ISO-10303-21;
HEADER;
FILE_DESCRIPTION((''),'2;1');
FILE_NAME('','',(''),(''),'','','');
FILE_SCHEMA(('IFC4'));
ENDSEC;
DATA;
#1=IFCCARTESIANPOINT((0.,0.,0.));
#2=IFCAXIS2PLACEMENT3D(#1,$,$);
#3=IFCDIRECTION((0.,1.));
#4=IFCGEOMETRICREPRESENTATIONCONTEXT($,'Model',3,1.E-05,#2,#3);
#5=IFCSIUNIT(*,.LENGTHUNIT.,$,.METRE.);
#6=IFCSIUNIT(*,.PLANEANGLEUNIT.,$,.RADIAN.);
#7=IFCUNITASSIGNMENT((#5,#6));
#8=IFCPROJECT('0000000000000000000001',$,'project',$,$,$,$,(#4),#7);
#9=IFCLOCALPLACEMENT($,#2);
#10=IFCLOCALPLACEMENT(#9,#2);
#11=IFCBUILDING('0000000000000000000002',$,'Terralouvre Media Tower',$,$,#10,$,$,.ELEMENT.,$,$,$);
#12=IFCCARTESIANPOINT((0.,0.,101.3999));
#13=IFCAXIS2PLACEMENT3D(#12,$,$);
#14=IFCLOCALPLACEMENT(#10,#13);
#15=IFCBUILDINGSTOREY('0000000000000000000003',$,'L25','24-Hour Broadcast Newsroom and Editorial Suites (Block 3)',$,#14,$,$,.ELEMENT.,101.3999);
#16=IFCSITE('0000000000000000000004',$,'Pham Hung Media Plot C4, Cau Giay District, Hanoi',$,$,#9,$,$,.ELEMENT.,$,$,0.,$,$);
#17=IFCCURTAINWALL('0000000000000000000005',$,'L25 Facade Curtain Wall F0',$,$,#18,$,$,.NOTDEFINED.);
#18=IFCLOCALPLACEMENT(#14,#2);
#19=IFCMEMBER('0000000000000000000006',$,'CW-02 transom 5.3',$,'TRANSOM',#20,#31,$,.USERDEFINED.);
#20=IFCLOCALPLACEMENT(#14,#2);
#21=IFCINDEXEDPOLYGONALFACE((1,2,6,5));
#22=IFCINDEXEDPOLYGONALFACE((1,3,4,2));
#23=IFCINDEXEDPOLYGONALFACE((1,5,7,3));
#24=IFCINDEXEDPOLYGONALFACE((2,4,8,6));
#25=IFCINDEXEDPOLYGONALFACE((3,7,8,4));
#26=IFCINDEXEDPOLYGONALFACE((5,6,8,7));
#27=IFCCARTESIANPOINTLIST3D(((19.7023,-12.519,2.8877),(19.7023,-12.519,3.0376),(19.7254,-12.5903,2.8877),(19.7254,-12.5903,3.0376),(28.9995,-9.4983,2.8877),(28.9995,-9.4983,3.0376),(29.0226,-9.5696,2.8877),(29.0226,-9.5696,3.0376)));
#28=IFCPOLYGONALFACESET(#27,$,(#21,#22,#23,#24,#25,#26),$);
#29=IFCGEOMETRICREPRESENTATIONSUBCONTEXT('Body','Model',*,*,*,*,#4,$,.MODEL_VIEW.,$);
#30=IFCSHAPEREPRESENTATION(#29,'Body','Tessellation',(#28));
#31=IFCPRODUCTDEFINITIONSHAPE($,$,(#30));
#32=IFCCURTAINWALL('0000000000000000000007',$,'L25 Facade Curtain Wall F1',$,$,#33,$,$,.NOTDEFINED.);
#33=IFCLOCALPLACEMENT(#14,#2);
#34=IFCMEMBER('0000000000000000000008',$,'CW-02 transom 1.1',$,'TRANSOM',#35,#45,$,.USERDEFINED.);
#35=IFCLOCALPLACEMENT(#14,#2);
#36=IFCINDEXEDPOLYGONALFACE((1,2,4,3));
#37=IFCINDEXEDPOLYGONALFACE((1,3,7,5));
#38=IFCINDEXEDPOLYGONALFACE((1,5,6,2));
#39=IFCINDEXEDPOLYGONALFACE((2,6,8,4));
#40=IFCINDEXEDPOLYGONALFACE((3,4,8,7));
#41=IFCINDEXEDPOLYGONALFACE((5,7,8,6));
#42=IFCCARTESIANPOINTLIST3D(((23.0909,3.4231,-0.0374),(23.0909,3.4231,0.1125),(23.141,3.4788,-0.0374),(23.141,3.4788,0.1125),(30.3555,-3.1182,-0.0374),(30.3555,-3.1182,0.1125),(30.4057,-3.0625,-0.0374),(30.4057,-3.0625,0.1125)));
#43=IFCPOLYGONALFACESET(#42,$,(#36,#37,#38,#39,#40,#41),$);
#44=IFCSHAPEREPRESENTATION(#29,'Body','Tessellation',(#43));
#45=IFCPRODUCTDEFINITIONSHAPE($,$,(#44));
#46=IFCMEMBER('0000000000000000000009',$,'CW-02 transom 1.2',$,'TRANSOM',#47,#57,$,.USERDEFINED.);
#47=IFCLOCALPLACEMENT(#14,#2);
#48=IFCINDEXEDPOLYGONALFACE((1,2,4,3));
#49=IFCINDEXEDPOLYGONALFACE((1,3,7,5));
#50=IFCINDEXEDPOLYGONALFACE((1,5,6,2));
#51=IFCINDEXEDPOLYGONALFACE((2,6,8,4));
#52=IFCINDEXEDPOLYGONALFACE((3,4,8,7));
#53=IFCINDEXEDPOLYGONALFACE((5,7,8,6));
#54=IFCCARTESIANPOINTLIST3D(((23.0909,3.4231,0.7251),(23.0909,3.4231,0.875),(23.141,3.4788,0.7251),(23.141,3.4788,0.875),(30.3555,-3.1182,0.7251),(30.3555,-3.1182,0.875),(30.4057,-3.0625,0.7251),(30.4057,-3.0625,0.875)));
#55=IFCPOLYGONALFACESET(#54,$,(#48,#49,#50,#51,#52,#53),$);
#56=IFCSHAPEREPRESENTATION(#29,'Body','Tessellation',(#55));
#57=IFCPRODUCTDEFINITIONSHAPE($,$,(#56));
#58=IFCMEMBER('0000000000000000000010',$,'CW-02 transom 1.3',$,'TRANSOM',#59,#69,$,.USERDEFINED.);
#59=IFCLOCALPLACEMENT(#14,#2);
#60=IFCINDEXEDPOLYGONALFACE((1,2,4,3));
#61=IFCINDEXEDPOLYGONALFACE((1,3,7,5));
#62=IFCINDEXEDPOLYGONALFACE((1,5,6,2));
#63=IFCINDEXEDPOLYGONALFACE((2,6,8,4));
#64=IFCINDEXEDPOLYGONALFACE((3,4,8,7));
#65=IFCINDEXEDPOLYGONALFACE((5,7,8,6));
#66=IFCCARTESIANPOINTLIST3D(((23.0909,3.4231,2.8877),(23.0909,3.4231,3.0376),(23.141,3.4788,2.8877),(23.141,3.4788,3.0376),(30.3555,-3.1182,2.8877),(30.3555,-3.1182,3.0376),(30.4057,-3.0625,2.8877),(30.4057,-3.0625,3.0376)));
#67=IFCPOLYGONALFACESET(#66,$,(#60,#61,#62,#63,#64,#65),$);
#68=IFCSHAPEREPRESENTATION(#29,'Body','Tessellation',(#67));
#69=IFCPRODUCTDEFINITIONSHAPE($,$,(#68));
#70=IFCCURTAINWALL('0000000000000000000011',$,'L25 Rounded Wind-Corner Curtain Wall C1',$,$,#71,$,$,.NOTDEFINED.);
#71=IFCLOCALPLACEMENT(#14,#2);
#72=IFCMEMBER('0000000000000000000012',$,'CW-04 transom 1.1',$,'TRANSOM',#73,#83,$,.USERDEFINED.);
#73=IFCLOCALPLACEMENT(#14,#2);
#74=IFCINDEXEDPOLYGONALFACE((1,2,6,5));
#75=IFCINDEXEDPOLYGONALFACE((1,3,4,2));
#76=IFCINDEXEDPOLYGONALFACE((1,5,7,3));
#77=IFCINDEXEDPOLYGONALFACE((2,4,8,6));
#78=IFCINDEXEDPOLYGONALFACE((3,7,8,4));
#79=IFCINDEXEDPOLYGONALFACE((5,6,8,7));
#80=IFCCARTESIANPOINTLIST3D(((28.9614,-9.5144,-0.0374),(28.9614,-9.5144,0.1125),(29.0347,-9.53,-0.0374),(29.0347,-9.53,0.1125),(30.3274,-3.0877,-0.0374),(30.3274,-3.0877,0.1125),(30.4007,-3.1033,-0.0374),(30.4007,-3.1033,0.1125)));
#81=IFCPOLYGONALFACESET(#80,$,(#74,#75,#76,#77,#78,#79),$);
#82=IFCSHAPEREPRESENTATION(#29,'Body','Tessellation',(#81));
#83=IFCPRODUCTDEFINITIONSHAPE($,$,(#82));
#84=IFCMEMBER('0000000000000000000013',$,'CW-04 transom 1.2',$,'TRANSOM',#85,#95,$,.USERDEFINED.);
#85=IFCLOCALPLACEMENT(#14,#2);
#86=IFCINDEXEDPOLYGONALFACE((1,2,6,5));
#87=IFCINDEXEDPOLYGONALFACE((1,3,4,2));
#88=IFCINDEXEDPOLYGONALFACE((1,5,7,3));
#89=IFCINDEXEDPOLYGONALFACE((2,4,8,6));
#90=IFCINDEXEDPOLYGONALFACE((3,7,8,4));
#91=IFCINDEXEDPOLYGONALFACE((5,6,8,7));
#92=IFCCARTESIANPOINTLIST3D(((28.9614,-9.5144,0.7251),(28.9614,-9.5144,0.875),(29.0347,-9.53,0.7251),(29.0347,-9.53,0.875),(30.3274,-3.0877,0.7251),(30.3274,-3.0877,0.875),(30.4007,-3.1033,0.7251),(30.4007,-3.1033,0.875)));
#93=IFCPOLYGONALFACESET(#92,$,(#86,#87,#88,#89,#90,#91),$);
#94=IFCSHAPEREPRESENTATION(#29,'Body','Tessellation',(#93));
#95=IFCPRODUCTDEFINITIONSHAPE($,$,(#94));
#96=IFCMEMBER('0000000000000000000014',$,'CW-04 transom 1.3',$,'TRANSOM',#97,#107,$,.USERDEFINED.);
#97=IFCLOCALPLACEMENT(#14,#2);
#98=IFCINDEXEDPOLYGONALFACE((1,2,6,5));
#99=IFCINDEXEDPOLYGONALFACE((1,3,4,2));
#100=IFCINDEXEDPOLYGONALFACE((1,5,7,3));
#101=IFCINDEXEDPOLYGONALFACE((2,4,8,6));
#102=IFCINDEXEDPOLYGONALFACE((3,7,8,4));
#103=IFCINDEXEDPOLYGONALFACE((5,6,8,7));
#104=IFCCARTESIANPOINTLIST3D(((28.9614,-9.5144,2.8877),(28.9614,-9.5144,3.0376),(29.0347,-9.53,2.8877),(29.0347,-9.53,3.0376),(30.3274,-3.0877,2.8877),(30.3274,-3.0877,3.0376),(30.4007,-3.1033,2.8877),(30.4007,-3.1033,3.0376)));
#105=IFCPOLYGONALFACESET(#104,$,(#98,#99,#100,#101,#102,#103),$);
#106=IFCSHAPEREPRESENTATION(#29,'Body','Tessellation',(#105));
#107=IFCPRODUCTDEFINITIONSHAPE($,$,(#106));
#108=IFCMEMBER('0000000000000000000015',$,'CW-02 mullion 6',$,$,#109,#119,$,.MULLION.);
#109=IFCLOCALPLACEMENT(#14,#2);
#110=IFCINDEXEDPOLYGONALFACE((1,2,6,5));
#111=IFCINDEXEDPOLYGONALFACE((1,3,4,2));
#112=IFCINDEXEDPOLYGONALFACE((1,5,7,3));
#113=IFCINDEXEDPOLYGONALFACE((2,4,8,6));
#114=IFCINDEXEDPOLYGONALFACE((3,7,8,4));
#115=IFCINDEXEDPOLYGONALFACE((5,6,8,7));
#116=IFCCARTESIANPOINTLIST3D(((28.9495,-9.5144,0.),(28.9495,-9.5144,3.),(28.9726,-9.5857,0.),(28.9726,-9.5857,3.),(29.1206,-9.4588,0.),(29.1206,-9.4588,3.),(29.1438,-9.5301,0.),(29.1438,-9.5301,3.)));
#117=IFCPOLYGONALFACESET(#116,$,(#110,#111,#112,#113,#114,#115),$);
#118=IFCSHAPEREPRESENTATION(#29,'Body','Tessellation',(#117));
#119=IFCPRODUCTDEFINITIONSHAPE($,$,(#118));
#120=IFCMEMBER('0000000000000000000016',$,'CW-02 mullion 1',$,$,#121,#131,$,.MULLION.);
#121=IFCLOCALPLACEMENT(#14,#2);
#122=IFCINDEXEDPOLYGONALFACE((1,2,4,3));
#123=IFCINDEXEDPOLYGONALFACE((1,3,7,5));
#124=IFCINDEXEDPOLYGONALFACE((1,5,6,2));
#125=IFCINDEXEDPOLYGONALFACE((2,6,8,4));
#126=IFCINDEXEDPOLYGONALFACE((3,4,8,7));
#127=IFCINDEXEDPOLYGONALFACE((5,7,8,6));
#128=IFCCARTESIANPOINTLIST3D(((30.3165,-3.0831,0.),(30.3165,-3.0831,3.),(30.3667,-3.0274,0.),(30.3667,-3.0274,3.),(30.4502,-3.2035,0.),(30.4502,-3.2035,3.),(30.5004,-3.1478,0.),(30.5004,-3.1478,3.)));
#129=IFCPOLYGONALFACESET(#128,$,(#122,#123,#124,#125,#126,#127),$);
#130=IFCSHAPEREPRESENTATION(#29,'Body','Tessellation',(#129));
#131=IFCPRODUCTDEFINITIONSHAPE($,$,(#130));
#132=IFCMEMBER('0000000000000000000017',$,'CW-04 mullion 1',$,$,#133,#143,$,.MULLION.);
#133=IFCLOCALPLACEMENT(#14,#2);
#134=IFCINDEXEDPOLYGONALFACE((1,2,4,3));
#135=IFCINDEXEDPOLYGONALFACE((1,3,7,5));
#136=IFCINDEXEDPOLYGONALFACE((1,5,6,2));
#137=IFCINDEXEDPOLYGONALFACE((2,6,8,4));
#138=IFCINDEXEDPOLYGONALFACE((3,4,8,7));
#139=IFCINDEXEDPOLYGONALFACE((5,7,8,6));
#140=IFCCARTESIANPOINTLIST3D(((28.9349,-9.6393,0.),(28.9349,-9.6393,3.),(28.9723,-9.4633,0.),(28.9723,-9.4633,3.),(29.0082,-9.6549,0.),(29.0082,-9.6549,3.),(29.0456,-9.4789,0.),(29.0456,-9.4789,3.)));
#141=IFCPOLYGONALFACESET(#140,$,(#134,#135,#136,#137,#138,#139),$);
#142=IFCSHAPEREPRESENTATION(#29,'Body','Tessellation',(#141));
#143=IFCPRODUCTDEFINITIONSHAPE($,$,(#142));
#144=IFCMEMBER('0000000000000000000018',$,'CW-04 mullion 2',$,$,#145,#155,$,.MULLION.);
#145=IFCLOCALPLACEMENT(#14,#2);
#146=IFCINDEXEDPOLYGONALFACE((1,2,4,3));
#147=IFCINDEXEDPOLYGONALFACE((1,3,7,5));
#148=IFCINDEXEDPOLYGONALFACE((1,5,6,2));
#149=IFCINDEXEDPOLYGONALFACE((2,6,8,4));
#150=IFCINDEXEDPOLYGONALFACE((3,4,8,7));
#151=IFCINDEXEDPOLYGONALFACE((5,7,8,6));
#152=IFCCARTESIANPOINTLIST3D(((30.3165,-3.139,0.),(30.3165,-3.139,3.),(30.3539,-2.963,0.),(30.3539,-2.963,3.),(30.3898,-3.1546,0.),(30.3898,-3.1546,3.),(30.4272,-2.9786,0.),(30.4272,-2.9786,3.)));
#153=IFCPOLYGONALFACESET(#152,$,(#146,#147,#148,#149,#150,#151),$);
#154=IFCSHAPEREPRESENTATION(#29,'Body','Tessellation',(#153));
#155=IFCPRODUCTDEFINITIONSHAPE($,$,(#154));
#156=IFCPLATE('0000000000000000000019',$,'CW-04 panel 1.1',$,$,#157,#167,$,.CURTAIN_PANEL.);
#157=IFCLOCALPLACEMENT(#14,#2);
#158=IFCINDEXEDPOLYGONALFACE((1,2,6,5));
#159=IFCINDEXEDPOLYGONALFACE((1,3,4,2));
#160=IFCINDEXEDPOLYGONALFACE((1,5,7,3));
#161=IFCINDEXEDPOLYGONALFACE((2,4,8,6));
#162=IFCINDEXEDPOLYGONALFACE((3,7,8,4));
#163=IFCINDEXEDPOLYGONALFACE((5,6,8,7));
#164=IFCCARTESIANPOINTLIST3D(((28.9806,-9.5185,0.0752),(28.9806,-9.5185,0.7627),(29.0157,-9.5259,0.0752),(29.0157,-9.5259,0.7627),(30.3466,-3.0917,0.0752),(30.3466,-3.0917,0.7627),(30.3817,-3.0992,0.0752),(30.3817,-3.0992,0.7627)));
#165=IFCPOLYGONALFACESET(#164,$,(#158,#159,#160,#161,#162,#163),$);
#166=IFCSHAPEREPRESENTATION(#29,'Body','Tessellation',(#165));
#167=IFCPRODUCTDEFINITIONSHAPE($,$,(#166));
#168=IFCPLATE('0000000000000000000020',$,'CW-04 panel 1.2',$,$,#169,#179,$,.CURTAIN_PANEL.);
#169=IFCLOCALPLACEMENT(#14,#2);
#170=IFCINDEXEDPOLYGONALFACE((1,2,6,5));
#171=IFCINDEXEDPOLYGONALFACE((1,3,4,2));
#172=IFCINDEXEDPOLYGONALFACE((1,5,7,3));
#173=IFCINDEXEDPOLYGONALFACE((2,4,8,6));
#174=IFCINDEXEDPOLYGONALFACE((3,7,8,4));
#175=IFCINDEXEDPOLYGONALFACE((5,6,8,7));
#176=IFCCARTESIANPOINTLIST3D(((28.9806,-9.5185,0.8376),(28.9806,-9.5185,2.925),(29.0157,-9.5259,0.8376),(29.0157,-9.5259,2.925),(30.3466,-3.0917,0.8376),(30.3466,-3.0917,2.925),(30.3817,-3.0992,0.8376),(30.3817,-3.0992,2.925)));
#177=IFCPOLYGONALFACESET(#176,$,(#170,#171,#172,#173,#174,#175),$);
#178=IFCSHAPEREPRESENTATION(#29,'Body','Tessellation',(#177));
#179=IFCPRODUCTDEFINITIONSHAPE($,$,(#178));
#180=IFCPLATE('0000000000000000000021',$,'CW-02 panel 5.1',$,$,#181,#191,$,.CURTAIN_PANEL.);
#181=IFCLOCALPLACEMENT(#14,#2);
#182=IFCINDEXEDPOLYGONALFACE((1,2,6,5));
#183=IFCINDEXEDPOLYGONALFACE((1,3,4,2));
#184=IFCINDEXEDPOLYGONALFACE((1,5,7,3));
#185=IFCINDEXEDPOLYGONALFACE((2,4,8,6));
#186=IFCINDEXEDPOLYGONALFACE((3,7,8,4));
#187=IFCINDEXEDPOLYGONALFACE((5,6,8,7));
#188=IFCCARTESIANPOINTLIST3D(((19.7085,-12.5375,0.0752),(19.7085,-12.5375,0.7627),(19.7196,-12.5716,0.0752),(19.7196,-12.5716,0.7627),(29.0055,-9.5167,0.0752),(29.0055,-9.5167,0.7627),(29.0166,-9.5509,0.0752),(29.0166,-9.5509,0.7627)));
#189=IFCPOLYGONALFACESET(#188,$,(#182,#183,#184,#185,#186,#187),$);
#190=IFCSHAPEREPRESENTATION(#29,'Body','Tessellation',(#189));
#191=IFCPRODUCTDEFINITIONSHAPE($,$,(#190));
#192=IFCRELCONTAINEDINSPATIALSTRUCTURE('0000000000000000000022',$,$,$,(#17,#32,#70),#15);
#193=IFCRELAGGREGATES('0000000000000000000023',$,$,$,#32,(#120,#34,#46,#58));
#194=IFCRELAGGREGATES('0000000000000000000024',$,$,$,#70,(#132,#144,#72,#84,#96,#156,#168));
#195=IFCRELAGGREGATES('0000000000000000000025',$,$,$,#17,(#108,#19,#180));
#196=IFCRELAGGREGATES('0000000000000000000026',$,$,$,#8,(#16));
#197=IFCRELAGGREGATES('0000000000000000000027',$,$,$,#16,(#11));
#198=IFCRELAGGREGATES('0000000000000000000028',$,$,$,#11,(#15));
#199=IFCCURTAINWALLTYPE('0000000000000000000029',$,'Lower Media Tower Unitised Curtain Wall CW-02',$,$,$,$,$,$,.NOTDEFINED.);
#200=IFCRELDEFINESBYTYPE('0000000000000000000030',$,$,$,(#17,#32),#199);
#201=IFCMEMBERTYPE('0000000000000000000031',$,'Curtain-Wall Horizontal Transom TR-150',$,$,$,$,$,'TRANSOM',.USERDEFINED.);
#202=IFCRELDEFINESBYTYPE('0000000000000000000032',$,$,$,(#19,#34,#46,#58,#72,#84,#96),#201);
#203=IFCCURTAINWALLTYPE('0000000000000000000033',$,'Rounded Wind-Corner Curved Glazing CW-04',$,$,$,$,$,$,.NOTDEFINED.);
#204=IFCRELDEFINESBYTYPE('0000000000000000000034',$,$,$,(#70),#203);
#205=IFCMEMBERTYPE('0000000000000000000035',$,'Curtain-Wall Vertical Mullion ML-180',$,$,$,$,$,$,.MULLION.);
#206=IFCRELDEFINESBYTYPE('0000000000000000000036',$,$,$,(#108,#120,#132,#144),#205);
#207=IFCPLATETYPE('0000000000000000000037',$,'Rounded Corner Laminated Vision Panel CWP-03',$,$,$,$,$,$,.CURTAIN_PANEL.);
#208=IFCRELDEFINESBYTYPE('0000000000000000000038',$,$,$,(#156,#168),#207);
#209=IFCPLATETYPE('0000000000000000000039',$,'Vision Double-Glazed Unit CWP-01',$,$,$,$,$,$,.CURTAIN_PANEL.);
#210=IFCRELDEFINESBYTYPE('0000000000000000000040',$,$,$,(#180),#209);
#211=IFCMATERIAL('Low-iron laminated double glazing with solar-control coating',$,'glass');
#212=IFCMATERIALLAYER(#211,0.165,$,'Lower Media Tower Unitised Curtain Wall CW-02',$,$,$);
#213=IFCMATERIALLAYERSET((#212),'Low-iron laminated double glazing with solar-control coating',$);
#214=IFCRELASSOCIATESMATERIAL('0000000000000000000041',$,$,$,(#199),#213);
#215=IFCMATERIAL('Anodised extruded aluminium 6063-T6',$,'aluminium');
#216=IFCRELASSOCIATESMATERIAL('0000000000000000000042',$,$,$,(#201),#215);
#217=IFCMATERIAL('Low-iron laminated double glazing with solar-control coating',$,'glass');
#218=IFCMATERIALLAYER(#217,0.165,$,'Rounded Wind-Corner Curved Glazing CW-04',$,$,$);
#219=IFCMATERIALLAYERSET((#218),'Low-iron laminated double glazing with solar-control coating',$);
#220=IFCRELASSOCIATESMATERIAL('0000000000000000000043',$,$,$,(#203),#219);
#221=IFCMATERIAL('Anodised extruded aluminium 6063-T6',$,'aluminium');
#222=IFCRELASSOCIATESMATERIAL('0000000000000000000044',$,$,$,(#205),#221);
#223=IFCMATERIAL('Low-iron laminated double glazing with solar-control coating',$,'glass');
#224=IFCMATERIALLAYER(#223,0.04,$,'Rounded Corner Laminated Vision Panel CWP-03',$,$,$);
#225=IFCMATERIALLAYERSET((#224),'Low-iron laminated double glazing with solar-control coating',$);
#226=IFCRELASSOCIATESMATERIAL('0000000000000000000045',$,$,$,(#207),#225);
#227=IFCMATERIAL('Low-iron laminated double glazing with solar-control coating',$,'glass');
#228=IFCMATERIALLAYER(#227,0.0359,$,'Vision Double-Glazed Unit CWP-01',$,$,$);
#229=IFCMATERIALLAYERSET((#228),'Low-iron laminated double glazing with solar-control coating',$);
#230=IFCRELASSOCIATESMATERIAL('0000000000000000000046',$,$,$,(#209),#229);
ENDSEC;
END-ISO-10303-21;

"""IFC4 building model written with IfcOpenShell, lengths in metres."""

from ifc_helpers import new_model, si_unit, direction, frame, origin, origin_2d, place, context, subcontext, project, spatial, rectangle, extrude, material, layer, layer_set, material_profile, profile_set, type_object, element, aggregate, save


model = new_model("IFC4")

# Units and contexts
model_context = context("Model", 3, precision=1e-05, world=origin(), true_north=direction((0.0, 1.0)))
body_context = subcontext(model_context, "Body", "Model", "MODEL_VIEW")
ifc_project = project(units=[si_unit("LENGTHUNIT", "METRE"), si_unit("PLANEANGLEUNIT", "RADIAN")], contexts=[model_context])

# Site, building, storey
site_placement = place(None, origin())
site = spatial("IfcSite", under=ifc_project, at=site_placement, Name="Pham Hung Media Plot C4, Cau Giay District, Hanoi", CompositionType="ELEMENT", RefElevation=0.0)
building_placement = place(site_placement, origin())
building = spatial("IfcBuilding", under=site, at=building_placement, Name="Terralouvre Media Tower", CompositionType="ELEMENT")
storey_placement = place(building_placement, frame((0.0, 0.0, 101.3999)))
storey = spatial("IfcBuildingStorey", under=building, at=storey_placement, Name="L25", Description="24-Hour Broadcast Newsroom and Editorial Suites (Block 3)", CompositionType="ELEMENT", Elevation=101.3999)

# Curtain wall, member
ifc_material_1 = material(Name="Low-iron laminated double glazing with solar-control coating", Category="glass")
ifc_layer_1 = layer(ifc_material_1, 0.165, Name="Lower Media Tower Unitised Curtain Wall CW-02")
ifc_layer_set_1 = layer_set([ifc_layer_1], Name="Low-iron laminated double glazing with solar-control coating")
curtain_wall_type_1 = type_object("IfcCurtainWallType", Name="Lower Media Tower Unitised Curtain Wall CW-02", PredefinedType="NOTDEFINED", material=ifc_layer_set_1)
curtain_wall_1_placement = place(storey_placement, origin())
curtain_wall_1 = element("IfcCurtainWall", 1, at=curtain_wall_1_placement, inside=storey, type_object=curtain_wall_type_1, Name="L25 Facade Curtain Wall F0", PredefinedType="NOTDEFINED")
ifc_material_2 = material(Name="Anodised extruded aluminium 6063-T6", Category="aluminium")
ifc_material_profile_1 = material_profile(ifc_material_2, rectangle(XDim=0.075, YDim=0.1499, at=origin_2d()), Name="ALU 75x150")
ifc_profile_set_1 = profile_set([ifc_material_profile_1], Name="Anodised extruded aluminium 6063-T6")
member_type_1 = type_object("IfcMemberType", Name="Curtain-Wall Horizontal Transom TR-150", ElementType="TRANSOM", PredefinedType="USERDEFINED", material=ifc_profile_set_1)
member_1_placement = place(storey_placement, frame((19.7139, -12.5547, 2.9626), z_axis=(0.951058, 0.309011, 0.0), x_axis=(-0.309011, 0.951058, 0.0)))
member_1 = element("IfcMember", 2, at=member_1_placement, type_object=member_type_1, Name="CW-02 transom 5.3", ObjectType="TRANSOM", PredefinedType="USERDEFINED", context=body_context, shape_type="SweptSolid", body=[
    extrude(rectangle(XDim=0.075, YDim=0.1499, at=origin_2d()), origin(), (0.0, 0.0, 1.0), 9.7756),
])

# Curtain walls, members
curtain_wall_2_placement = place(storey_placement, origin())
curtain_wall_2 = element("IfcCurtainWall", 3, at=curtain_wall_2_placement, inside=storey, type_object=curtain_wall_type_1, Name="L25 Facade Curtain Wall F1", PredefinedType="NOTDEFINED")
member_2_placement = place(storey_placement, frame((30.3806, -3.0903, 0.0376), z_axis=(-0.743138, 0.669139, 0.0), x_axis=(-0.669139, -0.743138, 0.0)))
member_2 = element("IfcMember", 4, at=member_2_placement, type_object=member_type_1, Name="CW-02 transom 1.1", ObjectType="TRANSOM", PredefinedType="USERDEFINED", context=body_context, shape_type="SweptSolid", body=[
    extrude(rectangle(XDim=0.075, YDim=0.1499, at=origin_2d()), origin(), (0.0, 0.0, 1.0), 9.7756),
])
member_3_placement = place(storey_placement, frame((30.3806, -3.0903, 0.8), z_axis=(-0.743138, 0.669139, 0.0), x_axis=(-0.669139, -0.743138, 0.0)))
member_3 = element("IfcMember", 5, at=member_3_placement, type_object=member_type_1, Name="CW-02 transom 1.2", ObjectType="TRANSOM", PredefinedType="USERDEFINED", context=body_context, shape_type="SweptSolid", body=[
    extrude(rectangle(XDim=0.075, YDim=0.1499, at=origin_2d()), origin(), (0.0, 0.0, 1.0), 9.7756),
])
member_4_placement = place(storey_placement, frame((30.3806, -3.0903, 2.9626), z_axis=(-0.743138, 0.669139, 0.0), x_axis=(-0.669139, -0.743138, 0.0)))
member_4 = element("IfcMember", 6, at=member_4_placement, type_object=member_type_1, Name="CW-02 transom 1.3", ObjectType="TRANSOM", PredefinedType="USERDEFINED", context=body_context, shape_type="SweptSolid", body=[
    extrude(rectangle(XDim=0.075, YDim=0.1499, at=origin_2d()), origin(), (0.0, 0.0, 1.0), 9.7756),
])
ifc_material_3 = material(Name="Low-iron laminated double glazing with solar-control coating", Category="glass")
ifc_layer_2 = layer(ifc_material_3, 0.165, Name="Rounded Wind-Corner Curved Glazing CW-04")
ifc_layer_set_2 = layer_set([ifc_layer_2], Name="Low-iron laminated double glazing with solar-control coating")
curtain_wall_type_2 = type_object("IfcCurtainWallType", Name="Rounded Wind-Corner Curved Glazing CW-04", PredefinedType="NOTDEFINED", material=ifc_layer_set_2)
curtain_wall_3_placement = place(storey_placement, origin())
curtain_wall_3 = element("IfcCurtainWall", 7, at=curtain_wall_3_placement, inside=storey, type_object=curtain_wall_type_2, Name="L25 Rounded Wind-Corner Curtain Wall C1", PredefinedType="NOTDEFINED")
member_5_placement = place(storey_placement, frame((28.998, -9.5222, 0.0376), z_axis=(0.2079, 0.97815, 0.0), x_axis=(-0.97815, 0.2079, 0.0)))
member_5 = element("IfcMember", 8, at=member_5_placement, type_object=member_type_1, Name="CW-04 transom 1.1", ObjectType="TRANSOM", PredefinedType="USERDEFINED", context=body_context, shape_type="SweptSolid", body=[
    extrude(rectangle(XDim=0.075, YDim=0.1499, at=origin_2d()), origin(), (0.0, 0.0, 1.0), 6.5703),
])
member_6_placement = place(storey_placement, frame((28.998, -9.5222, 0.8), z_axis=(0.2079, 0.97815, 0.0), x_axis=(-0.97815, 0.2079, 0.0)))
member_6 = element("IfcMember", 9, at=member_6_placement, type_object=member_type_1, Name="CW-04 transom 1.2", ObjectType="TRANSOM", PredefinedType="USERDEFINED", context=body_context, shape_type="SweptSolid", body=[
    extrude(rectangle(XDim=0.075, YDim=0.1499, at=origin_2d()), origin(), (0.0, 0.0, 1.0), 6.5703),
])
member_7_placement = place(storey_placement, frame((28.998, -9.5222, 2.9626), z_axis=(0.2079, 0.97815, 0.0), x_axis=(-0.97815, 0.2079, 0.0)))
member_7 = element("IfcMember", 10, at=member_7_placement, type_object=member_type_1, Name="CW-04 transom 1.3", ObjectType="TRANSOM", PredefinedType="USERDEFINED", context=body_context, shape_type="SweptSolid", body=[
    extrude(rectangle(XDim=0.075, YDim=0.1499, at=origin_2d()), origin(), (0.0, 0.0, 1.0), 6.5703),
])

# Members
ifc_material_4 = material(Name="Anodised extruded aluminium 6063-T6", Category="aluminium")
ifc_material_profile_2 = material_profile(ifc_material_4, rectangle(XDim=0.075, YDim=0.1799, at=origin_2d()), Name="ALU 75x180")
ifc_profile_set_2 = profile_set([ifc_material_profile_2], Name="Anodised extruded aluminium 6063-T6")
member_type_2 = type_object("IfcMemberType", Name="Curtain-Wall Vertical Mullion ML-180", PredefinedType="MULLION", material=ifc_profile_set_2)
member_8_placement = place(storey_placement, frame((29.0466, -9.5222, 0.0), z_axis=(0.0, 0.0, 1.0), x_axis=(-0.309017, 0.951057, 0.0)))
member_8 = element("IfcMember", 11, at=member_8_placement, type_object=member_type_2, Name="CW-02 mullion 6", PredefinedType="MULLION", context=body_context, shape_type="SweptSolid", body=[
    extrude(rectangle(XDim=0.075, YDim=0.1799, at=origin_2d()), origin(), (0.0, 0.0, 1.0), 3.0),
])
member_9_placement = place(storey_placement, frame((30.4084, -3.1155, 0.0), z_axis=(0.0, 0.0, 1.0), x_axis=(-0.669131, -0.743145, 0.0)))
member_9 = element("IfcMember", 12, at=member_9_placement, type_object=member_type_2, Name="CW-02 mullion 1", PredefinedType="MULLION", context=body_context, shape_type="SweptSolid", body=[
    extrude(rectangle(XDim=0.075, YDim=0.1799, at=origin_2d()), origin(), (0.0, 0.0, 1.0), 3.0),
])
aggregate(curtain_wall_2, [member_9, member_2, member_3, member_4])
member_10_placement = place(storey_placement, frame((28.9902, -9.5591, 0.0), z_axis=(0.0, 0.0, 1.0), x_axis=(-0.978148, 0.207912, 0.0)))
member_10 = element("IfcMember", 13, at=member_10_placement, type_object=member_type_2, Name="CW-04 mullion 1", PredefinedType="MULLION", context=body_context, shape_type="SweptSolid", body=[
    extrude(rectangle(XDim=0.075, YDim=0.1799, at=origin_2d()), origin(), (0.0, 0.0, 1.0), 3.0),
])
member_11_placement = place(storey_placement, frame((30.3718, -3.0588, 0.0), z_axis=(0.0, 0.0, 1.0), x_axis=(-0.978148, 0.207912, 0.0)))
member_11 = element("IfcMember", 14, at=member_11_placement, type_object=member_type_2, Name="CW-04 mullion 2", PredefinedType="MULLION", context=body_context, shape_type="SweptSolid", body=[
    extrude(rectangle(XDim=0.075, YDim=0.1799, at=origin_2d()), origin(), (0.0, 0.0, 1.0), 3.0),
])

# Plates
ifc_material_5 = material(Name="Low-iron laminated double glazing with solar-control coating", Category="glass")
ifc_layer_3 = layer(ifc_material_5, 0.04, Name="Rounded Corner Laminated Vision Panel CWP-03")
ifc_layer_set_3 = layer_set([ifc_layer_3], Name="Low-iron laminated double glazing with solar-control coating")
plate_type_1 = type_object("IfcPlateType", Name="Rounded Corner Laminated Vision Panel CWP-03", PredefinedType="CURTAIN_PANEL", material=ifc_layer_set_3)
plate_1_placement = place(storey_placement, frame((29.6812, -6.3088, 0.0752), z_axis=(0.0, 0.0, 1.0), x_axis=(0.207912, 0.978148, 0.0)))
plate_1 = element("IfcPlate", 15, at=plate_1_placement, type_object=plate_type_1, Name="CW-04 panel 1.1", PredefinedType="CURTAIN_PANEL", context=body_context, shape_type="SweptSolid", body=[
    extrude(rectangle(XDim=6.5703, YDim=0.0359, at=origin_2d()), origin(), (0.0, 0.0, 1.0), 0.6875),
])
plate_2_placement = place(storey_placement, frame((29.6812, -6.3088, 0.8376), z_axis=(0.0, 0.0, 1.0), x_axis=(0.207912, 0.978148, 0.0)))
plate_2 = element("IfcPlate", 16, at=plate_2_placement, type_object=plate_type_1, Name="CW-04 panel 1.2", PredefinedType="CURTAIN_PANEL", context=body_context, shape_type="SweptSolid", body=[
    extrude(rectangle(XDim=6.5703, YDim=0.0359, at=origin_2d()), origin(), (0.0, 0.0, 1.0), 2.0874),
])
aggregate(curtain_wall_3, [member_10, member_11, member_5, member_6, member_7, plate_1, plate_2])
ifc_material_6 = material(Name="Low-iron laminated double glazing with solar-control coating", Category="glass")
ifc_layer_4 = layer(ifc_material_6, 0.0359, Name="Vision Double-Glazed Unit CWP-01")
ifc_layer_set_4 = layer_set([ifc_layer_4], Name="Low-iron laminated double glazing with solar-control coating")
plate_type_2 = type_object("IfcPlateType", Name="Vision Double-Glazed Unit CWP-01", PredefinedType="CURTAIN_PANEL", material=ifc_layer_set_4)
plate_3_placement = place(storey_placement, frame((24.3625, -11.0442, 0.0752), z_axis=(0.0, 0.0, 1.0), x_axis=(0.951057, 0.309017, 0.0)))
plate_3 = element("IfcPlate", 17, at=plate_3_placement, type_object=plate_type_2, Name="CW-02 panel 5.1", PredefinedType="CURTAIN_PANEL", context=body_context, shape_type="SweptSolid", body=[
    extrude(rectangle(XDim=9.7754, YDim=0.0359, at=origin_2d()), origin(), (0.0, 0.0, 1.0), 0.6875),
])
aggregate(curtain_wall_1, [member_8, member_1, plate_3])

save(model, "model.ifc")
